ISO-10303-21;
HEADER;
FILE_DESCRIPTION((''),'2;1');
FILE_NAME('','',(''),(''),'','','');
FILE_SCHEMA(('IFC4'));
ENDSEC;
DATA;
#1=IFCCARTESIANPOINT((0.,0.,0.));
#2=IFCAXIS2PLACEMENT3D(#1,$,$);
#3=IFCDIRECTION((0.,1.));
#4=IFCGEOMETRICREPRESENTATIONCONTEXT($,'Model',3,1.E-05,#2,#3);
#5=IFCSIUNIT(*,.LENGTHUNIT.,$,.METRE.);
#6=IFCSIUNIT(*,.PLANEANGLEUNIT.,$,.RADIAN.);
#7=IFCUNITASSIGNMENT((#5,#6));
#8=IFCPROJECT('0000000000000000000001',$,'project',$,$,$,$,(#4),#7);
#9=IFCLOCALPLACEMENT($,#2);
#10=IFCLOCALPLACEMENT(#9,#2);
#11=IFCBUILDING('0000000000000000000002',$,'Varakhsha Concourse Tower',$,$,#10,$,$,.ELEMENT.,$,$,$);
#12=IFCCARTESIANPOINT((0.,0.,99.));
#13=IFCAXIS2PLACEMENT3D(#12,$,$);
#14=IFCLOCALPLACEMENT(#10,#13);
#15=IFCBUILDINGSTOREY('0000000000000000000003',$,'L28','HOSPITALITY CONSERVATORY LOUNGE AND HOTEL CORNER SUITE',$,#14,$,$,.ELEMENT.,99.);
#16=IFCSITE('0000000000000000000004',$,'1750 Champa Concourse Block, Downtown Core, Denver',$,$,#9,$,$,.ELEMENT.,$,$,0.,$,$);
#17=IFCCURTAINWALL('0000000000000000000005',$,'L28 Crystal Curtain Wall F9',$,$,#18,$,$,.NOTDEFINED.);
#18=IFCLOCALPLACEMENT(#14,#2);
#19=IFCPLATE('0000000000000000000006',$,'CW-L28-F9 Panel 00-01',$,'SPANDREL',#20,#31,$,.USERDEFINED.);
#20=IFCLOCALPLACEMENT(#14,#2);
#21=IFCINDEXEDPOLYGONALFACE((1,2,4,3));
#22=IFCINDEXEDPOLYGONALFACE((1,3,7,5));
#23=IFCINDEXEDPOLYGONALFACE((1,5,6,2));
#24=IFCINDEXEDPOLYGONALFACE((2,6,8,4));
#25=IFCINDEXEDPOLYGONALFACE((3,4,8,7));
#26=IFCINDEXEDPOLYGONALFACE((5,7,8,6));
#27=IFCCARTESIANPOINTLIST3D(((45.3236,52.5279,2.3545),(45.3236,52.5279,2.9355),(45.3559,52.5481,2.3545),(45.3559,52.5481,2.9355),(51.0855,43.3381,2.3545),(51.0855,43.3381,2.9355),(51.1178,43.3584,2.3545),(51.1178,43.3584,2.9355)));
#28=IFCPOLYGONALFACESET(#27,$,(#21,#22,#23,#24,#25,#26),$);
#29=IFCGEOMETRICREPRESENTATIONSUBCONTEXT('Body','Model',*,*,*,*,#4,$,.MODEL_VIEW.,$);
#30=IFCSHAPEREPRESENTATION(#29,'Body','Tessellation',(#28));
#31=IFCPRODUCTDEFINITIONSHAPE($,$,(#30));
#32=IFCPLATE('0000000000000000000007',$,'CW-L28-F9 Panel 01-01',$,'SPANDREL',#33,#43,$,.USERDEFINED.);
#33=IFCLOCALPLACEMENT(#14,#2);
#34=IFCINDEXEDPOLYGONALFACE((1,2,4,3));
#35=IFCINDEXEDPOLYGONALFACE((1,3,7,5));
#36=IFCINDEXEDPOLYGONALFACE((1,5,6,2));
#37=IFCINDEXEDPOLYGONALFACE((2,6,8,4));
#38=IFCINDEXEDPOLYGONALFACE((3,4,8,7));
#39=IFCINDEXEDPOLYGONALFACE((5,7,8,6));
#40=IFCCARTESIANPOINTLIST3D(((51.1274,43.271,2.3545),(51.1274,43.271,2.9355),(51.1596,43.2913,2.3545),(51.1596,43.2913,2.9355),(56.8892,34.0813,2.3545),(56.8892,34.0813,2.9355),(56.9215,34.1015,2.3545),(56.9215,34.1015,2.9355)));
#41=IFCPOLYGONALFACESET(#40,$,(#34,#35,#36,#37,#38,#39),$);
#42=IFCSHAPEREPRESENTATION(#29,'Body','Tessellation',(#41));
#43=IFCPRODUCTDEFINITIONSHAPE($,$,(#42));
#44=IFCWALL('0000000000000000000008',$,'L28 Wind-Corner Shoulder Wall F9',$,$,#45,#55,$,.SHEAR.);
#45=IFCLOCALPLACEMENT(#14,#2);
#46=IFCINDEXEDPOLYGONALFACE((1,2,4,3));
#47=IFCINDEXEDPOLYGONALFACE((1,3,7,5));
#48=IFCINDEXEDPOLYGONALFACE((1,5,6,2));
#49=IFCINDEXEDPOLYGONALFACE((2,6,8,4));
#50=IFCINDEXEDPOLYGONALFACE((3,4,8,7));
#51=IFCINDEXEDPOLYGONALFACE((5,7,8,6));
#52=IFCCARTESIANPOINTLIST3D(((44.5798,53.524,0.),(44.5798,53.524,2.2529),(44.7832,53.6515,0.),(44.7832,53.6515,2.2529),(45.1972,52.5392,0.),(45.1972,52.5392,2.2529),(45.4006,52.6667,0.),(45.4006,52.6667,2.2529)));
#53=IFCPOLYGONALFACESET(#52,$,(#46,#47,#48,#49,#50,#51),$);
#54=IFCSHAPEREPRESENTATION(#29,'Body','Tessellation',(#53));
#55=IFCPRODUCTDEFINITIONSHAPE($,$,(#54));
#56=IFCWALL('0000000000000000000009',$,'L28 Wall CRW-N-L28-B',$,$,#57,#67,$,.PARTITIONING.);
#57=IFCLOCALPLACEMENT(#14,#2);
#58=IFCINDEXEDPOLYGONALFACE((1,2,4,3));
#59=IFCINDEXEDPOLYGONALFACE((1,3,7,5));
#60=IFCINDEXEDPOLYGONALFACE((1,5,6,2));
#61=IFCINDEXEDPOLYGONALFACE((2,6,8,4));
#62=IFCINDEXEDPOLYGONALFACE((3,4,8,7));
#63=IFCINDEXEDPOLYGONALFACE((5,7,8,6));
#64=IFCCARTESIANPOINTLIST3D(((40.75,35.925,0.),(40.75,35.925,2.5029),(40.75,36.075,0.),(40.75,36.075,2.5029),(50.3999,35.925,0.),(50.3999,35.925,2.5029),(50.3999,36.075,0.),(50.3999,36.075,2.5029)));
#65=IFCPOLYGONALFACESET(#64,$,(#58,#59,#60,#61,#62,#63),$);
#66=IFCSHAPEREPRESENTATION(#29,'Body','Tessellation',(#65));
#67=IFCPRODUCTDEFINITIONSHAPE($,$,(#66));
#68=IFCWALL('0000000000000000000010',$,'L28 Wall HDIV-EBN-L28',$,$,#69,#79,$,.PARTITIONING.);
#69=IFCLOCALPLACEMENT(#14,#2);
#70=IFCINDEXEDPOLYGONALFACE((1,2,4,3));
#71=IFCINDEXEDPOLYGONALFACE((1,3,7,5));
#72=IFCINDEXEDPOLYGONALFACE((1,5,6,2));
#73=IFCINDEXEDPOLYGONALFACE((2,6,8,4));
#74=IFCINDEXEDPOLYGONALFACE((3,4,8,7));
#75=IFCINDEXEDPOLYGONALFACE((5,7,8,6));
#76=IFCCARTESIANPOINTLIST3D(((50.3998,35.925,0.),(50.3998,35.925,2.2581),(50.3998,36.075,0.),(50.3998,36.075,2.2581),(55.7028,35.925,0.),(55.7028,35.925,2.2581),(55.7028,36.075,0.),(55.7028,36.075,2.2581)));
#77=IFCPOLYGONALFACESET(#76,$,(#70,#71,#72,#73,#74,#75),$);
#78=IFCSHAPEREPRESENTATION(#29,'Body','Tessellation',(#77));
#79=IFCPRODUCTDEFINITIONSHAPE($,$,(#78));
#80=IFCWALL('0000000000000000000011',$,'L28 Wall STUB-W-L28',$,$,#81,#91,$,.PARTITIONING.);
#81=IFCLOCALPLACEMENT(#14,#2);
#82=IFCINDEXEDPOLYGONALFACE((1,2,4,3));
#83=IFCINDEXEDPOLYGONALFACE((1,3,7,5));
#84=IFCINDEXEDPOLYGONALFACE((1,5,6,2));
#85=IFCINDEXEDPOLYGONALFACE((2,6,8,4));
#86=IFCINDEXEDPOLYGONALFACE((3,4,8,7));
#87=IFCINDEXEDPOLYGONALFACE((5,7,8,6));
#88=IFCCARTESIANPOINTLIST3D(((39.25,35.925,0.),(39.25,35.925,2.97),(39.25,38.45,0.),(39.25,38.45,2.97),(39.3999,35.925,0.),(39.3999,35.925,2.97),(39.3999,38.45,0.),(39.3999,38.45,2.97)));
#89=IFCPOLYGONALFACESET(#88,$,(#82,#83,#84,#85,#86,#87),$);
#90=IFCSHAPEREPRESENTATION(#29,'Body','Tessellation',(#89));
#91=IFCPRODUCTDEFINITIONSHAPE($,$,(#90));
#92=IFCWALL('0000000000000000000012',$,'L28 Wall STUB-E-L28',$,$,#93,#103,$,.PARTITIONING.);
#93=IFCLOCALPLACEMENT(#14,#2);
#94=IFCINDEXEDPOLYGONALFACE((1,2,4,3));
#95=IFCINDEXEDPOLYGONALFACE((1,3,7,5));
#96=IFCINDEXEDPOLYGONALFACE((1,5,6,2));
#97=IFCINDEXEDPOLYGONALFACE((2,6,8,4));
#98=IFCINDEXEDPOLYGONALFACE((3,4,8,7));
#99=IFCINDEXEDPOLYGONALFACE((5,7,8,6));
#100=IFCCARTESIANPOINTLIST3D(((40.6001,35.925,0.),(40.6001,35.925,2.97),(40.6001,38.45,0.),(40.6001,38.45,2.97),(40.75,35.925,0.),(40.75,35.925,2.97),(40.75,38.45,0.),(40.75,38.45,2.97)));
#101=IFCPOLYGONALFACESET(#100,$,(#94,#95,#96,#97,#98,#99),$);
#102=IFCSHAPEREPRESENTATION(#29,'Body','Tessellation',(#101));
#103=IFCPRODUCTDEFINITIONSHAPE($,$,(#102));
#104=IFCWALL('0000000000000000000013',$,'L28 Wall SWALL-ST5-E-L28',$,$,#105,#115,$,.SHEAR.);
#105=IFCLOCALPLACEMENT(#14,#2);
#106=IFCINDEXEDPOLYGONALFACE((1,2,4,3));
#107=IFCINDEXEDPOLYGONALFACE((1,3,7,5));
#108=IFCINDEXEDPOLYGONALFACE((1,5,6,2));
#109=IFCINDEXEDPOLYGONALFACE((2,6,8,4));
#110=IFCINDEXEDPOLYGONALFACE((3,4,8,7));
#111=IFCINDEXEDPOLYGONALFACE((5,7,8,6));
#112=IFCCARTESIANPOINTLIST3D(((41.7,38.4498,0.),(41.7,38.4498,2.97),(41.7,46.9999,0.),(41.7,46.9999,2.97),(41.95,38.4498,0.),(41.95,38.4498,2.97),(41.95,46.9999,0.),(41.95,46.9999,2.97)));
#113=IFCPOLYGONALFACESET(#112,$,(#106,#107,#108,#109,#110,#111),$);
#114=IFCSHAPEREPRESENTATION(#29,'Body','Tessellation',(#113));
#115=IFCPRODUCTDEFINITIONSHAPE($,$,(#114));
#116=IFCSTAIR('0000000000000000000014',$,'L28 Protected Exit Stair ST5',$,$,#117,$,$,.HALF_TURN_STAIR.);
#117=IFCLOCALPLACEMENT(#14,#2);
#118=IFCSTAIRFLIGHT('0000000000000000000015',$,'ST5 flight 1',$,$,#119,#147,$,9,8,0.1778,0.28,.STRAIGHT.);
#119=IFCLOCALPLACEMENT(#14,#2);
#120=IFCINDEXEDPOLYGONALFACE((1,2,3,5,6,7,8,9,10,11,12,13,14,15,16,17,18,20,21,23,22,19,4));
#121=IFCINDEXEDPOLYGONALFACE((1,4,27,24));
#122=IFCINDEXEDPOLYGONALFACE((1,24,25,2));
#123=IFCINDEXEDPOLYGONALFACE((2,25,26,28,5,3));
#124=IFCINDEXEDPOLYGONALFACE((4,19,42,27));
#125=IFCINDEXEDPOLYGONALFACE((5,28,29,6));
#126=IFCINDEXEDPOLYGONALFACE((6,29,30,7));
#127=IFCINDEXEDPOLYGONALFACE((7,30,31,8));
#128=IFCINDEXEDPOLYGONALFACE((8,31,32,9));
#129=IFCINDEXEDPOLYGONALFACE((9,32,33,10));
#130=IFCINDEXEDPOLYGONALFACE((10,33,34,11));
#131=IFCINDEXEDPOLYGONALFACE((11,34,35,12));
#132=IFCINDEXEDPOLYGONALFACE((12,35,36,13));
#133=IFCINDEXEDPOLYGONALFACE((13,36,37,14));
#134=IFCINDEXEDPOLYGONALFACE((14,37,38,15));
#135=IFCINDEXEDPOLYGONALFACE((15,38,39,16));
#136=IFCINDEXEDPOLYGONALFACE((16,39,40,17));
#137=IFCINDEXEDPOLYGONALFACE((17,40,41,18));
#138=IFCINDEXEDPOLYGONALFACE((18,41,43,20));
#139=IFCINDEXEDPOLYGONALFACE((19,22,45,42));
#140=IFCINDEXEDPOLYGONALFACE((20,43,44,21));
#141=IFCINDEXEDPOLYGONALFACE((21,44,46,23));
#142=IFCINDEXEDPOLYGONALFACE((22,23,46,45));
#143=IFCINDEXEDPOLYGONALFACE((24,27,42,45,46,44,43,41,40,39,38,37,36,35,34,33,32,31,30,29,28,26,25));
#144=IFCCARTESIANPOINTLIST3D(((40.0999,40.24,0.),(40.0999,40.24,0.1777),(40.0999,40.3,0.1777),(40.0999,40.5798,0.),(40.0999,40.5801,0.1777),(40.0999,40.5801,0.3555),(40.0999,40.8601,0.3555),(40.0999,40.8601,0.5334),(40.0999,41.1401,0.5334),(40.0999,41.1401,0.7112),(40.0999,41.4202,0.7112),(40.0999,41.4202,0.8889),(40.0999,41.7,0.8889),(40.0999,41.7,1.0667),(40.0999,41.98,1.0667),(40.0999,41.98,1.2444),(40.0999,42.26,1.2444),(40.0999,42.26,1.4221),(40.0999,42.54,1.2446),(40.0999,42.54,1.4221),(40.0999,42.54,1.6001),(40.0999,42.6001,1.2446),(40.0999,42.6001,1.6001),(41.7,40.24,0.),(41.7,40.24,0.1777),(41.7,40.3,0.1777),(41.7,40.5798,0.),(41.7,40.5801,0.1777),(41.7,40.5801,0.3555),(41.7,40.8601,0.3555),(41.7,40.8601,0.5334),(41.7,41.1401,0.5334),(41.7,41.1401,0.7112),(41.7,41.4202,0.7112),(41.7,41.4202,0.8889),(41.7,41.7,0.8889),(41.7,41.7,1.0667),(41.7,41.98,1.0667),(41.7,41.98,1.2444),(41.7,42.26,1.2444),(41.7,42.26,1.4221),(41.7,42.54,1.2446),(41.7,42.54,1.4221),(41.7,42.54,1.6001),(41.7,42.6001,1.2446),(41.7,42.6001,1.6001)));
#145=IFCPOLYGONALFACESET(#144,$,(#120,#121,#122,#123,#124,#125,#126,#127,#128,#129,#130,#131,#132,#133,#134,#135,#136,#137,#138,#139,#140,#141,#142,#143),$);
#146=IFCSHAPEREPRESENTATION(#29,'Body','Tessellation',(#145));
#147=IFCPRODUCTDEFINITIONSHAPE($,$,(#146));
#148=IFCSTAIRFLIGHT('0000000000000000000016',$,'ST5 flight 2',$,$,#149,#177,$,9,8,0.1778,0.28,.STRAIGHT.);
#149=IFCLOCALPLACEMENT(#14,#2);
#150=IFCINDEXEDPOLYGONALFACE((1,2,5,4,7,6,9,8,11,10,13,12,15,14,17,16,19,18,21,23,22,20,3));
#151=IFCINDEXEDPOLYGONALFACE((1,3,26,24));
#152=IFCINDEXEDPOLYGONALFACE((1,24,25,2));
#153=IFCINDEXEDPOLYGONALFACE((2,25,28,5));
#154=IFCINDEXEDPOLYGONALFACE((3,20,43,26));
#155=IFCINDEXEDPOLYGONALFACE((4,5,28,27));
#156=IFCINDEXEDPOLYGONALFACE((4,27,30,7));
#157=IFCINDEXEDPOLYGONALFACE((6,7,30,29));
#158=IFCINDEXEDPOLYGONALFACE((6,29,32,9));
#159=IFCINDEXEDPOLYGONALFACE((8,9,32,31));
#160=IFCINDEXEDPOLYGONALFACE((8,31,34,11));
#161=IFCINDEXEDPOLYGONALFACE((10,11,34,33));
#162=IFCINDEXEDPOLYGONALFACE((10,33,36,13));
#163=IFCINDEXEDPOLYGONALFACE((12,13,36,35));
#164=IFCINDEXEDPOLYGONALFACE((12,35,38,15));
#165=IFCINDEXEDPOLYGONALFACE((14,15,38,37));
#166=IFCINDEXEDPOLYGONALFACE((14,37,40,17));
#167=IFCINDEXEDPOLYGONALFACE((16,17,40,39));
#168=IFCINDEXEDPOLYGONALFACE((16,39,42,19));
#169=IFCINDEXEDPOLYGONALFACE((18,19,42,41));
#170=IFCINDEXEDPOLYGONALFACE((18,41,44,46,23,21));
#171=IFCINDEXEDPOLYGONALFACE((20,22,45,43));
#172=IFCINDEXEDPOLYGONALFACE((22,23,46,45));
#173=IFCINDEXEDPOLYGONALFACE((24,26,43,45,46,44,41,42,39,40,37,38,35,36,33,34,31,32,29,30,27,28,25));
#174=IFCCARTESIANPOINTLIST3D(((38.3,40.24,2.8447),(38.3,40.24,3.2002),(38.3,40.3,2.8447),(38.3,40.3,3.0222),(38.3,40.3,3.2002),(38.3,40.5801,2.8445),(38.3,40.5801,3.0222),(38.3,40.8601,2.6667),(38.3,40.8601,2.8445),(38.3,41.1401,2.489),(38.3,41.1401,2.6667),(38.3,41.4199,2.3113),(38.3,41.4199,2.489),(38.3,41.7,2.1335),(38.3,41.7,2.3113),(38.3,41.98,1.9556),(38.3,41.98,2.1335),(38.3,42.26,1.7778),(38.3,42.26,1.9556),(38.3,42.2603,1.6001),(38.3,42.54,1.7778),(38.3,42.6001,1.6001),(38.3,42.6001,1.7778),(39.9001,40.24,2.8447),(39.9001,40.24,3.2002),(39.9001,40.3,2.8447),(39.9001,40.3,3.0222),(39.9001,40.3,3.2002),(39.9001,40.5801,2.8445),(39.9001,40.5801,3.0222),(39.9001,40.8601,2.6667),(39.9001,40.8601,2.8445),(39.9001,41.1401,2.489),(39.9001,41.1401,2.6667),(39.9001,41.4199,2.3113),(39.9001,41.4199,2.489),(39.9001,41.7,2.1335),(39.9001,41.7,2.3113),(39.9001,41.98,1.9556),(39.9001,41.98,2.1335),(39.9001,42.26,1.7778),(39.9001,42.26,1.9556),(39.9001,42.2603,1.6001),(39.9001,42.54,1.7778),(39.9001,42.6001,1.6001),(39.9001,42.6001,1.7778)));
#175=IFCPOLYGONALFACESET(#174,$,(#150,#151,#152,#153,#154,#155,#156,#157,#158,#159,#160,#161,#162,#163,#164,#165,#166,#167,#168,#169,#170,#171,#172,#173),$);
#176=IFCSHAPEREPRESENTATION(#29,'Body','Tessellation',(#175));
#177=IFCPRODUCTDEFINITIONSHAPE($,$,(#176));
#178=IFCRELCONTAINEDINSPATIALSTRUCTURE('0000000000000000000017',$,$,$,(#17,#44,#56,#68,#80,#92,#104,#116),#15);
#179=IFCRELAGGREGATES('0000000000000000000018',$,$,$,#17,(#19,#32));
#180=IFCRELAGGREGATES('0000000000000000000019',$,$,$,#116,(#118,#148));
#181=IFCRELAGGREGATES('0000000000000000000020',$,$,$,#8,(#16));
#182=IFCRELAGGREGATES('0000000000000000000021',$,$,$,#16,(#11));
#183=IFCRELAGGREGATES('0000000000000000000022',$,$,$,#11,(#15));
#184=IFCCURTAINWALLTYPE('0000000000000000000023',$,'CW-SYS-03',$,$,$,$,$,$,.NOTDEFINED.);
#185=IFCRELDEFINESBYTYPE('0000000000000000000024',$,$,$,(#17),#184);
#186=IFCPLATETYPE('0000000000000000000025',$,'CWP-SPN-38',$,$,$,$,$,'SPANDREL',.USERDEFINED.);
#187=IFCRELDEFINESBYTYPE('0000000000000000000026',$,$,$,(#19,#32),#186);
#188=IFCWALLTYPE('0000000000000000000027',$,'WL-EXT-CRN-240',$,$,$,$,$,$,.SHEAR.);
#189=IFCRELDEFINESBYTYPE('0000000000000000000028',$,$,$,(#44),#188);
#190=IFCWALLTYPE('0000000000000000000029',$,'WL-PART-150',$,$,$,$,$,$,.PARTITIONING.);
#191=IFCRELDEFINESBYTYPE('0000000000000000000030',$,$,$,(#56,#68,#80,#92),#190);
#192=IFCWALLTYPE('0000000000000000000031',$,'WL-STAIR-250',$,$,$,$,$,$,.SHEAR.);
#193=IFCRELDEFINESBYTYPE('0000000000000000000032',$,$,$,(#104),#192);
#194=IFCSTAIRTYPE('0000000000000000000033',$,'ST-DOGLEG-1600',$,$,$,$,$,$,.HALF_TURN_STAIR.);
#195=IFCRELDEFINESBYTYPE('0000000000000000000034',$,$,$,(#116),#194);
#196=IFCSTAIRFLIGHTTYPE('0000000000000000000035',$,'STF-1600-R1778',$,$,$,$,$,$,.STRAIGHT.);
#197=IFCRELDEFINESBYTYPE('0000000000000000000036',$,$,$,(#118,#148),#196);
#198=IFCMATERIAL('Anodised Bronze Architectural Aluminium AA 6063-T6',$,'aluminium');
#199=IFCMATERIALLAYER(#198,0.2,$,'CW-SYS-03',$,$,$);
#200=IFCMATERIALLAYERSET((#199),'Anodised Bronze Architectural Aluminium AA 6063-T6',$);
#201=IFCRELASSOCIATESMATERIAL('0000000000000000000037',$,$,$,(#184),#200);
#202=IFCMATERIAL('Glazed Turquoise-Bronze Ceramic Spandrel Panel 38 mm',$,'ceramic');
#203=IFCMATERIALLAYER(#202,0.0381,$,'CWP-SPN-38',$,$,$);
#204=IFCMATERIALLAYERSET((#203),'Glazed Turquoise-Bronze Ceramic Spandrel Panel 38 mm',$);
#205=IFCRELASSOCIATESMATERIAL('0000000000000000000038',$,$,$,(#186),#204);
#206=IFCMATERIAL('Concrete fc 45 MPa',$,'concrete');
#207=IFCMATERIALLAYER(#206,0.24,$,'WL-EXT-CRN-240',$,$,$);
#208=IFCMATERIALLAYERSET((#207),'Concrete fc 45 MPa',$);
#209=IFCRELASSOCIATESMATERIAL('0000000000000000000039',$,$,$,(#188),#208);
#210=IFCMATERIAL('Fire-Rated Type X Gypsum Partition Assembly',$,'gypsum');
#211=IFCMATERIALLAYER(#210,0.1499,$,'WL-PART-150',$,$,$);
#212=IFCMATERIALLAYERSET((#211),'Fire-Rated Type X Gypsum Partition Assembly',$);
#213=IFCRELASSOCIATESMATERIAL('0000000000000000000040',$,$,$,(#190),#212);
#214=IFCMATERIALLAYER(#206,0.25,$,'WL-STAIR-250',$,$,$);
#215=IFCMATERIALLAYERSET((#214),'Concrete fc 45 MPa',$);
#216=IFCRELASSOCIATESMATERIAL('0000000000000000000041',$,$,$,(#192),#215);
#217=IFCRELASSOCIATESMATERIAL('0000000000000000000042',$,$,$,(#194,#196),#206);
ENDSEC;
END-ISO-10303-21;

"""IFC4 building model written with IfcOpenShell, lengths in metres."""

from ifc_helpers import new_model, si_unit, direction, frame, frame_2d, origin, origin_2d, place, context, subcontext, project, spatial, polyline, rectangle, outline, extrude, source, transform, mapped, material, layer, layer_set, type_object, type_shapes, element, aggregate, save


model = new_model("IFC4")

# Units and contexts
model_context = context("Model", 3, precision=1e-05, world=origin(), true_north=direction((0.0, 1.0)))
body_context = subcontext(model_context, "Body", "Model", "MODEL_VIEW")
ifc_project = project(units=[si_unit("LENGTHUNIT", "METRE"), si_unit("PLANEANGLEUNIT", "RADIAN")], contexts=[model_context])

# Site, building, storey
site_placement = place(None, origin())
site = spatial("IfcSite", under=ifc_project, at=site_placement, Name="1750 Champa Concourse Block, Downtown Core, Denver", CompositionType="ELEMENT", RefElevation=0.0)
building_placement = place(site_placement, origin())
building = spatial("IfcBuilding", under=site, at=building_placement, Name="Varakhsha Concourse Tower", CompositionType="ELEMENT")
storey_placement = place(building_placement, frame((0.0, 0.0, 99.0)))
storey = spatial("IfcBuildingStorey", under=building, at=storey_placement, Name="L28", Description="HOSPITALITY CONSERVATORY LOUNGE AND HOTEL CORNER SUITE", CompositionType="ELEMENT", Elevation=99.0)

# Curtain wall
ifc_material_1 = material(Name="Anodised Bronze Architectural Aluminium AA 6063-T6", Category="aluminium")
ifc_layer_1 = layer(ifc_material_1, 0.2, Name="CW-SYS-03")
ifc_layer_set_1 = layer_set([ifc_layer_1], Name="Anodised Bronze Architectural Aluminium AA 6063-T6")
curtain_wall_type = type_object("IfcCurtainWallType", Name="CW-SYS-03", PredefinedType="NOTDEFINED", material=ifc_layer_set_1)
curtain_wall_placement = place(storey_placement, origin())
curtain_wall = element("IfcCurtainWall", 1, at=curtain_wall_placement, inside=storey, type_object=curtain_wall_type, Name="L28 Crystal Curtain Wall F9", PredefinedType="NOTDEFINED")

# Plates
ifc_material_2 = material(Name="Glazed Turquoise-Bronze Ceramic Spandrel Panel 38 mm", Category="ceramic")
ifc_layer_2 = layer(ifc_material_2, 0.0381, Name="CWP-SPN-38")
ifc_layer_set_2 = layer_set([ifc_layer_2], Name="Glazed Turquoise-Bronze Ceramic Spandrel Panel 38 mm")
plate_type_1 = type_object("IfcPlateType", Name="CWP-SPN-38", ElementType="SPANDREL", PredefinedType="USERDEFINED", material=ifc_layer_set_2)
shared_shape_1 = source(origin(), body_context, "Body", "SweptSolid", [
    extrude(rectangle(XDim=10.8467, YDim=0.0381, at=origin_2d()), origin(), (0.0, 0.0, 1.0), 0.5811),
])
type_shapes(plate_type_1, [shared_shape_1])
plate_1_placement = place(storey_placement, frame((48.2207, 47.9431, 2.3545), z_axis=(0.0, 0.0, 1.0), x_axis=(0.531209, -0.847241, 0.0)))
plate_1 = element("IfcPlate", 2, at=plate_1_placement, type_object=plate_type_1, Name="CW-L28-F9 Panel 00-01", ObjectType="SPANDREL", PredefinedType="USERDEFINED", context=body_context, shape_type="MappedRepresentation", body=[
    mapped(shared_shape_1, transform((0.0, 0.0, 0.0), scale=1.0)),
])
plate_2_placement = place(storey_placement, frame((54.0244, 38.6863, 2.3545), z_axis=(0.0, 0.0, 1.0), x_axis=(0.531209, -0.847241, 0.0)))
plate_2 = element("IfcPlate", 3, at=plate_2_placement, type_object=plate_type_1, Name="CW-L28-F9 Panel 01-01", ObjectType="SPANDREL", PredefinedType="USERDEFINED", context=body_context, shape_type="MappedRepresentation", body=[
    mapped(shared_shape_1, transform((0.0, 0.0, 0.0), scale=1.0)),
])
aggregate(curtain_wall, [plate_1, plate_2])

# Walls
ifc_material_3 = material(Name="Concrete fc 45 MPa", Category="concrete")
ifc_layer_3 = layer(ifc_material_3, 0.24, Name="WL-EXT-CRN-240")
ifc_layer_set_3 = layer_set([ifc_layer_3], Name="Concrete fc 45 MPa")
wall_type_1 = type_object("IfcWallType", Name="WL-EXT-CRN-240", PredefinedType="SHEAR", material=ifc_layer_set_3)
wall_1_placement = place(storey_placement, frame((45.2988, 52.603, 0.0), z_axis=(0.0, 0.0, 1.0), x_axis=(-0.531169, 0.847266, 0.0)))
element("IfcWall", 4, at=wall_1_placement, inside=storey, type_object=wall_type_1, Name="L28 Wind-Corner Shoulder Wall F9", PredefinedType="SHEAR", context=body_context, shape_type="SweptSolid", body=[
    extrude(rectangle(XDim=1.1624, YDim=0.24, at=frame_2d((0.5811, 0.0))), origin(), (0.0, 0.0, 1.0), 2.2529),
])
ifc_material_4 = material(Name="Fire-Rated Type X Gypsum Partition Assembly", Category="gypsum")
ifc_layer_4 = layer(ifc_material_4, 0.1499, Name="WL-PART-150")
ifc_layer_set_4 = layer_set([ifc_layer_4], Name="Fire-Rated Type X Gypsum Partition Assembly")
wall_type_2 = type_object("IfcWallType", Name="WL-PART-150", PredefinedType="PARTITIONING", material=ifc_layer_set_4)
wall_2_placement = place(storey_placement, frame((40.75, 36.0, 0.0), z_axis=(0.0, 0.0, 1.0), x_axis=(1.0, 0.0, 0.0)))
element("IfcWall", 5, at=wall_2_placement, inside=storey, type_object=wall_type_2, Name="L28 Wall CRW-N-L28-B", PredefinedType="PARTITIONING", context=body_context, shape_type="SweptSolid", body=[
    extrude(rectangle(XDim=9.6499, YDim=0.1499, at=frame_2d((4.825, 0.0))), origin(), (0.0, 0.0, 1.0), 2.5029),
])
wall_3_placement = place(storey_placement, frame((50.3999, 36.0, 0.0), z_axis=(0.0, 0.0, 1.0), x_axis=(1.0, 0.0, 0.0)))
element("IfcWall", 6, at=wall_3_placement, inside=storey, type_object=wall_type_2, Name="L28 Wall HDIV-EBN-L28", PredefinedType="PARTITIONING", context=body_context, shape_type="SweptSolid", body=[
    extrude(rectangle(XDim=5.303, YDim=0.1499, at=frame_2d((2.6514, 0.0))), origin(), (0.0, 0.0, 1.0), 2.2581),
])
for number, where, z_axis, x_axis, name in (
    (7, (39.325, 35.925, 0.0), (0.0, 0.0, 1.0), (0.0, 1.0, 0.0), "L28 Wall STUB-W-L28"),
    (8, (40.675, 35.925, 0.0), (0.0, 0.0, 1.0), (0.0, 1.0, 0.0), "L28 Wall STUB-E-L28"),
):
    element("IfcWall", number, at=place(storey_placement, frame(where, z_axis=z_axis, x_axis=x_axis)), inside=storey, type_object=wall_type_2, Name=name, PredefinedType="PARTITIONING", context=body_context, shape_type="SweptSolid", body=[
        extrude(rectangle(XDim=2.5249, YDim=0.1499, at=frame_2d((1.2625, 0.0))), origin(), (0.0, 0.0, 1.0), 2.97),
    ])
ifc_layer_5 = layer(ifc_material_3, 0.25, Name="WL-STAIR-250")
ifc_layer_set_5 = layer_set([ifc_layer_5], Name="Concrete fc 45 MPa")
wall_type_3 = type_object("IfcWallType", Name="WL-STAIR-250", PredefinedType="SHEAR", material=ifc_layer_set_5)
wall_4_placement = place(storey_placement, frame((41.825, 38.45, 0.0), z_axis=(0.0, 0.0, 1.0), x_axis=(0.0, 1.0, 0.0)))
element("IfcWall", 9, at=wall_4_placement, inside=storey, type_object=wall_type_3, Name="L28 Wall SWALL-ST5-E-L28", PredefinedType="SHEAR", context=body_context, shape_type="SweptSolid", body=[
    extrude(rectangle(XDim=8.55, YDim=0.25, at=frame_2d((4.2749, 0.0))), origin(), (0.0, 0.0, 1.0), 2.97),
])

# Stair, stair flights
stair_type = type_object("IfcStairType", Name="ST-DOGLEG-1600", PredefinedType="HALF_TURN_STAIR", material=ifc_material_3)
stair_placement = place(storey_placement, origin())
stair = element("IfcStair", 10, at=stair_placement, inside=storey, type_object=stair_type, Name="L28 Protected Exit Stair ST5", PredefinedType="HALF_TURN_STAIR")
stair_flight_type = type_object("IfcStairFlightType", Name="STF-1600-R1778", PredefinedType="STRAIGHT", material=ifc_material_3)
stair_flight_1_placement = place(storey_placement, frame((40.8999, 40.3, 0.0), z_axis=(0.0, 0.0, 1.0), x_axis=(0.0, 1.0, 0.0)))
stair_flight_1 = element("IfcStairFlight", 11, at=stair_flight_1_placement, type_object=stair_flight_type, Name="ST5 flight 1", NumberOfRisers=9, NumberOfTreads=8, PredefinedType="STRAIGHT", RiserHeight=0.1778, TreadLength=0.28, context=body_context, shape_type="SweptSolid", body=[
    extrude(outline(polyline([(-0.0601, 0.0), (-0.0601, 0.1777), (0.0, 0.1777), (0.28, 0.1777), (0.28, 0.3555), (0.5601, 0.3555), (0.5601, 0.5334), (0.8401, 0.5334), (0.8401, 0.7112), (1.1201, 0.7112), (1.1201, 0.8889), (1.3999, 0.8889), (1.3999, 1.0667), (1.6799, 1.0667), (1.6799, 1.2444), (1.96, 1.2444), (1.96, 1.4221), (2.24, 1.4221), (2.24, 1.6001), (2.3, 1.6001), (2.3, 1.2446), (2.24, 1.2446), (0.2798, 0.0), (-0.0601, 0.0)])), frame((0.0, 0.8, 0.0), z_axis=(0.0, -1.0, 0.0), x_axis=(1.0, 0.0, 0.0)), (0.0, 0.0, 1.0), 1.6001),
])
stair_flight_2_placement = place(storey_placement, frame((39.1001, 42.54, 1.6001), z_axis=(0.0, 0.0, 1.0), x_axis=(0.0, -1.0, 0.0)))
stair_flight_2 = element("IfcStairFlight", 12, at=stair_flight_2_placement, type_object=stair_flight_type, Name="ST5 flight 2", NumberOfRisers=9, NumberOfTreads=8, PredefinedType="STRAIGHT", RiserHeight=0.1778, TreadLength=0.28, context=body_context, shape_type="SweptSolid", body=[
    extrude(outline(polyline([(-0.0601, 0.0), (-0.0601, 0.1777), (0.0, 0.1777), (0.28, 0.1777), (0.28, 0.3555), (0.5601, 0.3555), (0.5601, 0.5334), (0.8401, 0.5334), (0.8401, 0.7112), (1.1201, 0.7112), (1.1201, 0.8889), (1.3999, 0.8889), (1.3999, 1.0667), (1.6799, 1.0667), (1.6799, 1.2444), (1.96, 1.2444), (1.96, 1.4221), (2.24, 1.4221), (2.24, 1.6001), (2.3, 1.6001), (2.3, 1.2446), (2.24, 1.2446), (0.2798, 0.0), (-0.0601, 0.0)])), frame((0.0, 0.8, 0.0), z_axis=(0.0, -1.0, 0.0), x_axis=(1.0, 0.0, 0.0)), (0.0, 0.0, 1.0), 1.6001),
])
aggregate(stair, [stair_flight_1, stair_flight_2])

save(model, "model.ifc")
